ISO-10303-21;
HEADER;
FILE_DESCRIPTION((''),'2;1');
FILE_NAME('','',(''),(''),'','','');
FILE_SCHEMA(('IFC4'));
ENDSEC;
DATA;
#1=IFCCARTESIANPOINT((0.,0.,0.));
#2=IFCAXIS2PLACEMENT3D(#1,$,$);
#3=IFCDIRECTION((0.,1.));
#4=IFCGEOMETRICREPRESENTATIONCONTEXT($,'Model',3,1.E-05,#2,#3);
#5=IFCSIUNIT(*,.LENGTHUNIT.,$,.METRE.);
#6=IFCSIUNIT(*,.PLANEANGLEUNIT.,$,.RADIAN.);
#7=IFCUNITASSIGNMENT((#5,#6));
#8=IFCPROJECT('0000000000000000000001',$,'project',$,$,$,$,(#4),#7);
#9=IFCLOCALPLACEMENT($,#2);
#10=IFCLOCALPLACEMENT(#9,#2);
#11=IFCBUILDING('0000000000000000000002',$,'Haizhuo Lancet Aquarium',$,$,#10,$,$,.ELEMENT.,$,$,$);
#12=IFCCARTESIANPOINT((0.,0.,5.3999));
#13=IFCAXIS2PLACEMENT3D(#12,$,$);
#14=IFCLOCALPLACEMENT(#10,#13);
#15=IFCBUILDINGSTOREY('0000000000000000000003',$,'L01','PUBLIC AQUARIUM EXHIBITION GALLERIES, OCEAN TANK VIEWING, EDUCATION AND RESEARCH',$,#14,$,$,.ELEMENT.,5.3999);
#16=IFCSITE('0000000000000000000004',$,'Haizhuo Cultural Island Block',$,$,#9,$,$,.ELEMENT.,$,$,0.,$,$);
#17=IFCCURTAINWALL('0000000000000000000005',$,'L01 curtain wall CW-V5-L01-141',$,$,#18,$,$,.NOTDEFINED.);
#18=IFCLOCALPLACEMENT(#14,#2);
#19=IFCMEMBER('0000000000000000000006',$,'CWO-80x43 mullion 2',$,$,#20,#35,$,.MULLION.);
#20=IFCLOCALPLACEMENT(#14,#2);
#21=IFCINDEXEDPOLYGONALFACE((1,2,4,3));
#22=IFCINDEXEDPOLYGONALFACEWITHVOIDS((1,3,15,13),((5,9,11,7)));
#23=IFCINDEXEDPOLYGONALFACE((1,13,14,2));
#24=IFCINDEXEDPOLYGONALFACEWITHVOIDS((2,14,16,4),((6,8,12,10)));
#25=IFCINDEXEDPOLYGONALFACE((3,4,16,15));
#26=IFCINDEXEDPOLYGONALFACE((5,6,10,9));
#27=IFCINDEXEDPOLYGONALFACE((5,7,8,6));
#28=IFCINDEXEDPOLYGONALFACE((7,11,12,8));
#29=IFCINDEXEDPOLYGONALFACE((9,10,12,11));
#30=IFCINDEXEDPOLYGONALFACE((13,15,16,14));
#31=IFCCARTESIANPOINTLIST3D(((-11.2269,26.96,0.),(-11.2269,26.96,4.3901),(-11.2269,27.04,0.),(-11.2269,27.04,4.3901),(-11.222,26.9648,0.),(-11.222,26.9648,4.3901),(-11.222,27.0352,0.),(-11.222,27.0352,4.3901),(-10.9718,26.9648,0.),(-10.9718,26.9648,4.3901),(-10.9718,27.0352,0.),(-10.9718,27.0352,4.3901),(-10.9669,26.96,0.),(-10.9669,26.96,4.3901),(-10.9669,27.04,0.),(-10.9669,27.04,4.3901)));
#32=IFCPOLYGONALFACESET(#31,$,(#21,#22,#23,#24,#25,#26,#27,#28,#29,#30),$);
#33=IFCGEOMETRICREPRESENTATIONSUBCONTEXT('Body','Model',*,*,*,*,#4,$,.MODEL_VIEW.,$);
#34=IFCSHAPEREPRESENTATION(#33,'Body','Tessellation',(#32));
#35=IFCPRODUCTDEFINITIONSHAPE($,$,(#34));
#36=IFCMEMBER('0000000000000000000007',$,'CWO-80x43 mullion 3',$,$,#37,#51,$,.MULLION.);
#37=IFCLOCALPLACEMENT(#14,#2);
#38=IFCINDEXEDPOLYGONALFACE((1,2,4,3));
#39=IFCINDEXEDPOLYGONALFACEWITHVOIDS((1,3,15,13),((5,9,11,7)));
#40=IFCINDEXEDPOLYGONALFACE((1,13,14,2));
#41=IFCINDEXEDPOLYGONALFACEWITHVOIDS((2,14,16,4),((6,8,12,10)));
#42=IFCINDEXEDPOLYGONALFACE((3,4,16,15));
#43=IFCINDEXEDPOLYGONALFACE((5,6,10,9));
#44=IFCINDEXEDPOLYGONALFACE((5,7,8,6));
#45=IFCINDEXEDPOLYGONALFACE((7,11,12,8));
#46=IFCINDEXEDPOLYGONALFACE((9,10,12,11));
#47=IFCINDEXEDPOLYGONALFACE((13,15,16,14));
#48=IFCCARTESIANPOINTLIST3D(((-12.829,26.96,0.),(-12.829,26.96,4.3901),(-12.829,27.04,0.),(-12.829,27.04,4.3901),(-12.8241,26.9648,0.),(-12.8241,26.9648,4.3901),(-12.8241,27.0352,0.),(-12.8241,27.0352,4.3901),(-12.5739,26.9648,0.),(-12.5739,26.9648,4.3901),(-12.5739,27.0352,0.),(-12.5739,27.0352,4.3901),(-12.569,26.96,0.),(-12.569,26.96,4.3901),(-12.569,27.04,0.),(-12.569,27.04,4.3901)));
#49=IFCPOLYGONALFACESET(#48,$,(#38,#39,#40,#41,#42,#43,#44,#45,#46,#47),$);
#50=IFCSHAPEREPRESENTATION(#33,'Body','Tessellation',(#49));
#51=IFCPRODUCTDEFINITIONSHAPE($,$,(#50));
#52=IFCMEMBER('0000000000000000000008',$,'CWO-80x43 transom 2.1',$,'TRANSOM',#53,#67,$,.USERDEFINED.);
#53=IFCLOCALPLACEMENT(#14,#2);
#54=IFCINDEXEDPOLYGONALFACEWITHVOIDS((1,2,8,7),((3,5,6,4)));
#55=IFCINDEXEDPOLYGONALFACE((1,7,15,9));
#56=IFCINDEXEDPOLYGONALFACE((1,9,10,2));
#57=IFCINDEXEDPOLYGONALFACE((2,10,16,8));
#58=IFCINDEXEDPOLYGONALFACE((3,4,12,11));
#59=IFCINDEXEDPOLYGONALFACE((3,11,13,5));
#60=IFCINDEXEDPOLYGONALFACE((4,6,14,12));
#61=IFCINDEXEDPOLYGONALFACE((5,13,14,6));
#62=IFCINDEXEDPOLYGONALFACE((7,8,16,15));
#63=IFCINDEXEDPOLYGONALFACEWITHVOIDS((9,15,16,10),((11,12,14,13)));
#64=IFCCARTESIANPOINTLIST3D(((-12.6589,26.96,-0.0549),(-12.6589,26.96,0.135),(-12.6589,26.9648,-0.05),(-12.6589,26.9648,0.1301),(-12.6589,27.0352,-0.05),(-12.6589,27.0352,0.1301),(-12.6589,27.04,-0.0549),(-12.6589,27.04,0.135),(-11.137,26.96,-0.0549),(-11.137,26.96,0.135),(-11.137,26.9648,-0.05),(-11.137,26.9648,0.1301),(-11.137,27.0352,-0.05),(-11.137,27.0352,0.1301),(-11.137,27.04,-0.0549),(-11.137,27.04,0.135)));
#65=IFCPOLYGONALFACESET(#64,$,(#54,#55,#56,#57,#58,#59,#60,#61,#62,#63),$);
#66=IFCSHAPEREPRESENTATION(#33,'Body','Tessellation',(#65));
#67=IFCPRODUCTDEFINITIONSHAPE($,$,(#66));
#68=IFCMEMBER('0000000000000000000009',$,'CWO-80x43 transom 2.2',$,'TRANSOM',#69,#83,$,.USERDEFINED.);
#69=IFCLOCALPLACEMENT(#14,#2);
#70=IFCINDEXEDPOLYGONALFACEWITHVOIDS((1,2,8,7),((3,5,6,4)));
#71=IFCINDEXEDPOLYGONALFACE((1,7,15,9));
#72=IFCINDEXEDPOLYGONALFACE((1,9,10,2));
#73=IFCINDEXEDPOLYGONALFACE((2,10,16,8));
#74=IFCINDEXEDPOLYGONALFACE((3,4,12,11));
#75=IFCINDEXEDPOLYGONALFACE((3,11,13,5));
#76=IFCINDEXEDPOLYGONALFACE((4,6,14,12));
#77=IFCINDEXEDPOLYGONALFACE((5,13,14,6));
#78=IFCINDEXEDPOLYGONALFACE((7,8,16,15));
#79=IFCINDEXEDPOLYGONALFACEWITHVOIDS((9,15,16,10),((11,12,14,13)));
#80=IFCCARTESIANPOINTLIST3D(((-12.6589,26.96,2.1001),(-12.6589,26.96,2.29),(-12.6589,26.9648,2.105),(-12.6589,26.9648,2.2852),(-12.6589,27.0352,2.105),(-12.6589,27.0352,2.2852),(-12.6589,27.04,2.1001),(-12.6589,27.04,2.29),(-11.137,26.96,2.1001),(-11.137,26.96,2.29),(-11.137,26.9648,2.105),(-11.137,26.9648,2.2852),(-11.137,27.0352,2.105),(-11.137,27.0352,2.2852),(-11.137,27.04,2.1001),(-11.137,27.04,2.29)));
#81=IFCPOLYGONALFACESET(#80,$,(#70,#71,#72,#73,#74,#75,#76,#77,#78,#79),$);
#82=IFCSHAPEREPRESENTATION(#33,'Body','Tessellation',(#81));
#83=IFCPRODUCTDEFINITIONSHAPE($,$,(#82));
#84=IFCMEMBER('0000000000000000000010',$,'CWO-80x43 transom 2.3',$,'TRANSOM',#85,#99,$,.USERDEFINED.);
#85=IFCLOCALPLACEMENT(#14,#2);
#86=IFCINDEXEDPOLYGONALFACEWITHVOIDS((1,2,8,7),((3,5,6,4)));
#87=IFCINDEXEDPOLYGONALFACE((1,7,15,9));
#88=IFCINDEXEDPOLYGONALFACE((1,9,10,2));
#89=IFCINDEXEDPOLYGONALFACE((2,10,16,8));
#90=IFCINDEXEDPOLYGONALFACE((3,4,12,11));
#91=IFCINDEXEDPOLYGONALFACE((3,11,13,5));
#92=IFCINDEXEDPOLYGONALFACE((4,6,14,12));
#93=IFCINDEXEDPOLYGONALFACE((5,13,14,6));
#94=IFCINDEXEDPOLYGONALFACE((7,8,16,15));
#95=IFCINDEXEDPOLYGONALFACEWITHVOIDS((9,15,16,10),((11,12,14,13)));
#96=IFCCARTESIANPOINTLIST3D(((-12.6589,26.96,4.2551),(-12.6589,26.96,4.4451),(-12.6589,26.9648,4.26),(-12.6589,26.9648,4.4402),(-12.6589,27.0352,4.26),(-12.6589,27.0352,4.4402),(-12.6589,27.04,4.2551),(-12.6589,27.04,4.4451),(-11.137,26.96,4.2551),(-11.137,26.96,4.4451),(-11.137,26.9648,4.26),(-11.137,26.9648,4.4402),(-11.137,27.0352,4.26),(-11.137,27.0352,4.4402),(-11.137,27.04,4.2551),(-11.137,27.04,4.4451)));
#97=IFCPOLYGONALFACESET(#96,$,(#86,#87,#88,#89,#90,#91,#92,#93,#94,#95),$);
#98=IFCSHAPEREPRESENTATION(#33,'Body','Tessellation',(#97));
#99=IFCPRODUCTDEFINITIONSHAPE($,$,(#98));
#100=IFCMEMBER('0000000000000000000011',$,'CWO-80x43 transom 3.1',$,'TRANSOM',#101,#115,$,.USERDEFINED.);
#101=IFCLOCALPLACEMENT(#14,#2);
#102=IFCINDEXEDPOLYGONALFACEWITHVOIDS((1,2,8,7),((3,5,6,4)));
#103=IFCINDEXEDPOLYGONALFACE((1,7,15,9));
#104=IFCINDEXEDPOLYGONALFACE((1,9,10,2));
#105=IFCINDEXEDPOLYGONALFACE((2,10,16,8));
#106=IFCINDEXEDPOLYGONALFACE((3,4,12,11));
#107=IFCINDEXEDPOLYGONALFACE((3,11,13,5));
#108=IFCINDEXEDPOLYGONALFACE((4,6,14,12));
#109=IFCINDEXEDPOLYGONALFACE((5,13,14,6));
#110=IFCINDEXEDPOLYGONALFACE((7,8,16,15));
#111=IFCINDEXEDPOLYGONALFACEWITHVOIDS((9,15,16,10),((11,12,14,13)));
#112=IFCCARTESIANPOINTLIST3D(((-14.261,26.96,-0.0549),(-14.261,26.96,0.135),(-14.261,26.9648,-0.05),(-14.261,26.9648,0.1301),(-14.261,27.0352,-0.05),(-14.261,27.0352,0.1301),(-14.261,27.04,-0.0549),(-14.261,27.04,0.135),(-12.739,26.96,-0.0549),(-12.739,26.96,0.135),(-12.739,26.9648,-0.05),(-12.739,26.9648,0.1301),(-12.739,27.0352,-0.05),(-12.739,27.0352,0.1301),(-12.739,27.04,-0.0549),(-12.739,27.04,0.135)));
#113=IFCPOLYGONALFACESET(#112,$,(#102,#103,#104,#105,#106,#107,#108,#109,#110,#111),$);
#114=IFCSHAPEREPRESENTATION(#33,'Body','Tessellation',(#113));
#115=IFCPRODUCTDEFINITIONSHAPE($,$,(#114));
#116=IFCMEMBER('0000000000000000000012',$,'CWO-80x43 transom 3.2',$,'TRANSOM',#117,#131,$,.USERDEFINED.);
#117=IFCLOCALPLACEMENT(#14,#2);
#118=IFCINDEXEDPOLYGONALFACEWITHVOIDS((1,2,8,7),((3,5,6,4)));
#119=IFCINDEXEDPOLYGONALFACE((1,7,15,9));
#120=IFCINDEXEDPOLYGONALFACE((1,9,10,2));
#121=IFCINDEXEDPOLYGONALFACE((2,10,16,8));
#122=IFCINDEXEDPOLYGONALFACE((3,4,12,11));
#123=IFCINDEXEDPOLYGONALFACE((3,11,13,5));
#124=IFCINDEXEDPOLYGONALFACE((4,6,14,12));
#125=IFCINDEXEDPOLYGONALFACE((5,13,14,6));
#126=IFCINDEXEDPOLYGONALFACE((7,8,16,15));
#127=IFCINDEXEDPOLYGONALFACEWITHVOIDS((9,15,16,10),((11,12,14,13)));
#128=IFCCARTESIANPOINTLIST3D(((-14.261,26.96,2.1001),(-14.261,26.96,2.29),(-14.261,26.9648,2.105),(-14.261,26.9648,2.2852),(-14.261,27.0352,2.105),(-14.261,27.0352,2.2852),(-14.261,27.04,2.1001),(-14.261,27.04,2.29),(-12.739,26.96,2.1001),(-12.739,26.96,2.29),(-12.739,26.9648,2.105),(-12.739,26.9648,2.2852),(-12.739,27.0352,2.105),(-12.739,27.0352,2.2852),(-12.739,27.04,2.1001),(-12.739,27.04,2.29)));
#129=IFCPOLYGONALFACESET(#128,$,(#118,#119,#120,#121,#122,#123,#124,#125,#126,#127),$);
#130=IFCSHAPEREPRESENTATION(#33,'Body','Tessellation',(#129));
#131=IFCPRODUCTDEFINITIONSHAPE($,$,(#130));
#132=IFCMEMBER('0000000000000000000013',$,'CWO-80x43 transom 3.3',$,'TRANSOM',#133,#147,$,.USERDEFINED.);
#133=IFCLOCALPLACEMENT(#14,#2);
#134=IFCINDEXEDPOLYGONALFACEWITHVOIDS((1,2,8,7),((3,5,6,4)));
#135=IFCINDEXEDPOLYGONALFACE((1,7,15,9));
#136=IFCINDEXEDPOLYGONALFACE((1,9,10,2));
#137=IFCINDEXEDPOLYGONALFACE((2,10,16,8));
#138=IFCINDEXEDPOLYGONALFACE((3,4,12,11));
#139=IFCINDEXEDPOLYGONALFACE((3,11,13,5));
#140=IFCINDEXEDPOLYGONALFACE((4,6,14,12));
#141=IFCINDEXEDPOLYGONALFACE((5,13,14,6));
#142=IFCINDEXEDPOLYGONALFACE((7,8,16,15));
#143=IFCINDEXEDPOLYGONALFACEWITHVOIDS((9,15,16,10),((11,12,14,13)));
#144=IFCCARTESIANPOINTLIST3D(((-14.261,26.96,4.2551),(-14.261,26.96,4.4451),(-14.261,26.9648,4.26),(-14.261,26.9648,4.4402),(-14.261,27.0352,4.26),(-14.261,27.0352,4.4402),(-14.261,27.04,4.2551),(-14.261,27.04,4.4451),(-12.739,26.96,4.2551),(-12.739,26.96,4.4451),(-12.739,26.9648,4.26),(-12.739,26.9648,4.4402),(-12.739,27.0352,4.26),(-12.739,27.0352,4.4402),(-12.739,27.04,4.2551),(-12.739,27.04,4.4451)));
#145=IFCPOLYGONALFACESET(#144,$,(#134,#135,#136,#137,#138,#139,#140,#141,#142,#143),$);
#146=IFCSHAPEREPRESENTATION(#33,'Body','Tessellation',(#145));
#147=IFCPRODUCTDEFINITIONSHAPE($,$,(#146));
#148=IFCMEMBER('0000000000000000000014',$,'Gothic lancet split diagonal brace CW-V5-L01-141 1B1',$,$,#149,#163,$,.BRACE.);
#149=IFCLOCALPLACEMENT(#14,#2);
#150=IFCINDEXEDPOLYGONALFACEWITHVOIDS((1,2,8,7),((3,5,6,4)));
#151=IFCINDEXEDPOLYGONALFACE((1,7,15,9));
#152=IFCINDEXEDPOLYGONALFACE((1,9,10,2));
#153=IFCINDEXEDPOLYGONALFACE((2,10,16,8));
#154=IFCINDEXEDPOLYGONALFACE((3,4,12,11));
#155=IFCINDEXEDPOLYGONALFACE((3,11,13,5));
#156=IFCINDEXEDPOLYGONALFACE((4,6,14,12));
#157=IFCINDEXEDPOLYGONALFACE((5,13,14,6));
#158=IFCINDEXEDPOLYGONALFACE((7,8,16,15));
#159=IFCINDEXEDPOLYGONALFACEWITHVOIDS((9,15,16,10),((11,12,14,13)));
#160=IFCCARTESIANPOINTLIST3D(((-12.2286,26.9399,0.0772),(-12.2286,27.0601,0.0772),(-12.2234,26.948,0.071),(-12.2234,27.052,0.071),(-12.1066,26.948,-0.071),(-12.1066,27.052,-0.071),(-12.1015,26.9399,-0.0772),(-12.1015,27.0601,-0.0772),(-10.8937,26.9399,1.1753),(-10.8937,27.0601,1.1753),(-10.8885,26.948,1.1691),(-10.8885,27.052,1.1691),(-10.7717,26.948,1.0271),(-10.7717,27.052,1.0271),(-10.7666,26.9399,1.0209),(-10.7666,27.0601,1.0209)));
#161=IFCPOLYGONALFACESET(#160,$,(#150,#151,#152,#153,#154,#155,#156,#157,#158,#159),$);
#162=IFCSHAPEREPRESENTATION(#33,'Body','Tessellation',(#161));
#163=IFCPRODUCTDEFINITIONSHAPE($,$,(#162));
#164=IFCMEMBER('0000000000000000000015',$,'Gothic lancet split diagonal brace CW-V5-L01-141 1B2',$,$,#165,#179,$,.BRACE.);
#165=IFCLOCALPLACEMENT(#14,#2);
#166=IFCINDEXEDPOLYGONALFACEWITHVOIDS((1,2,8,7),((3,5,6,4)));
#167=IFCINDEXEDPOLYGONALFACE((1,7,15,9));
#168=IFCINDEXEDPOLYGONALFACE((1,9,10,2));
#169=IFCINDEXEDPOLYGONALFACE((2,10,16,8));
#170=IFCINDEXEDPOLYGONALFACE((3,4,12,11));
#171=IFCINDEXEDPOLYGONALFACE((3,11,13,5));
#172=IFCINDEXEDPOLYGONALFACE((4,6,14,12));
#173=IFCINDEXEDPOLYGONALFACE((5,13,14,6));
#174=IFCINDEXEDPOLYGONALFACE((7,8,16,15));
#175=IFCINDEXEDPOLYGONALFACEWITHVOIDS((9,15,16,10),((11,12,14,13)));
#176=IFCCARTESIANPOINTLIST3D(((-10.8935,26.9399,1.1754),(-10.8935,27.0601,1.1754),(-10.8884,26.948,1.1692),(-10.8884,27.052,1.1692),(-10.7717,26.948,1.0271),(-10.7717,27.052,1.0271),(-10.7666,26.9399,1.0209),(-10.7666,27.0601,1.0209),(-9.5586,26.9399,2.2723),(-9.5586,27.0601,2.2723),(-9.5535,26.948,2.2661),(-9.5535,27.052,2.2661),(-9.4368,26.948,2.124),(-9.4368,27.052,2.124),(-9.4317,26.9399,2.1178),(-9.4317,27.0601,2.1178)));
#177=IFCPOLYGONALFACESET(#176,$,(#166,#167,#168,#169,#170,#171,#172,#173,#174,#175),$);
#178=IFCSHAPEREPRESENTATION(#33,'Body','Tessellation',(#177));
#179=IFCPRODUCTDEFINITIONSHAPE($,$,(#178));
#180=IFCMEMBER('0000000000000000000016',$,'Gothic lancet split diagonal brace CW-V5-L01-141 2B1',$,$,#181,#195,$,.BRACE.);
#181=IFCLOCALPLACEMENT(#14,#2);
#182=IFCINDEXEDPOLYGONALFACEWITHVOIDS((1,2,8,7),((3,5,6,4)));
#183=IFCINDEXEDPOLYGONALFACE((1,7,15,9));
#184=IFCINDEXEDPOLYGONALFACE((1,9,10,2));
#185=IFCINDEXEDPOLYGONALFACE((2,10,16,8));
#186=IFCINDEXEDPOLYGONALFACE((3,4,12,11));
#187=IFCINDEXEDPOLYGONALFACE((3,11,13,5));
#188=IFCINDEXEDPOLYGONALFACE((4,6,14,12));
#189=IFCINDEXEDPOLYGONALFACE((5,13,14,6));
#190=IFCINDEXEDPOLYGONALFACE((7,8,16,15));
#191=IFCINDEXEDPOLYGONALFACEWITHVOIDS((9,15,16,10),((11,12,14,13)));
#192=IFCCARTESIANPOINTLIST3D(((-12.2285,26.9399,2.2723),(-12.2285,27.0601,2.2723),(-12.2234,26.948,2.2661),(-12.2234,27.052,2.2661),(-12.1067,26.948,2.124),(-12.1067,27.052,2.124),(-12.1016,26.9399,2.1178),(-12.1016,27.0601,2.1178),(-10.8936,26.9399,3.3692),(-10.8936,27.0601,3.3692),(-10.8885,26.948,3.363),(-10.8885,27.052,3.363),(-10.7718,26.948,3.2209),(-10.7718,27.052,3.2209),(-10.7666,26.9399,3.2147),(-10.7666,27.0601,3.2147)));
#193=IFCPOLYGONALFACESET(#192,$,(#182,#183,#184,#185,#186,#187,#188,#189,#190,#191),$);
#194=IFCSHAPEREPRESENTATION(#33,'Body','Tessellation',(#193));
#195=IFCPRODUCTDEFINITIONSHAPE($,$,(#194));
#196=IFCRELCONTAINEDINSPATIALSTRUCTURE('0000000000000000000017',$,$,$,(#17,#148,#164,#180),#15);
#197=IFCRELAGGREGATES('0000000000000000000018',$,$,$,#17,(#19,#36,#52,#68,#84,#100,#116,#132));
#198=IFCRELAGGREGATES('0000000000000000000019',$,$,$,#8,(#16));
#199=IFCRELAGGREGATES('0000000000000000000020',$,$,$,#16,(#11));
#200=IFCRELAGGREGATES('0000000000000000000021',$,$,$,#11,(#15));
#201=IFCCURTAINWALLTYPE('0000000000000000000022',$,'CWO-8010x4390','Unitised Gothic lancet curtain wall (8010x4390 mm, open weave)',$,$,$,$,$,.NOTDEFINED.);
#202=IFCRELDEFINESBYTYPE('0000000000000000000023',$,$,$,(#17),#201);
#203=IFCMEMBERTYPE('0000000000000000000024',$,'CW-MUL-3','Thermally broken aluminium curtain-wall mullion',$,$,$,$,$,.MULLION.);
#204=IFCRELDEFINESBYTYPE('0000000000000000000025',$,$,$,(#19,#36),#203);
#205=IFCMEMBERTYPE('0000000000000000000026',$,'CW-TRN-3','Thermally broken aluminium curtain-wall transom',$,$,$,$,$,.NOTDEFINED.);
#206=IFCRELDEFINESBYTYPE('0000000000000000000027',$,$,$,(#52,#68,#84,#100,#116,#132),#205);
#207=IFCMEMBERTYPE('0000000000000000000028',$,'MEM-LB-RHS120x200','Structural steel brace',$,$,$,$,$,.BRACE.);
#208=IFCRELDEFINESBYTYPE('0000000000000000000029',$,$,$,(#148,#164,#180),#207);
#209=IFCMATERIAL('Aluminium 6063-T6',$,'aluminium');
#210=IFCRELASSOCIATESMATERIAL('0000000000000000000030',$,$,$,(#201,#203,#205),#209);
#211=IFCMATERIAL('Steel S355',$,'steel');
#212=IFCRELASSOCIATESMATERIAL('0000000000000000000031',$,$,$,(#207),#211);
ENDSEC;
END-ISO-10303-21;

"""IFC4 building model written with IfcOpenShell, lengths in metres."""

from ifc_helpers import new_model, si_unit, direction, frame, origin, origin_2d, place, context, subcontext, project, spatial, hollow_rectangle, extrude, material, material_profile, profile_set, type_object, element, aggregate, save


model = new_model("IFC4")

# Units and contexts
model_context = context("Model", 3, precision=1e-05, world=origin(), true_north=direction((0.0, 1.0)))
body_context = subcontext(model_context, "Body", "Model", "MODEL_VIEW")
ifc_project = project(units=[si_unit("LENGTHUNIT", "METRE"), si_unit("PLANEANGLEUNIT", "RADIAN")], contexts=[model_context])

# Site, building, storey
site_placement = place(None, origin())
site = spatial("IfcSite", under=ifc_project, at=site_placement, Name="Haizhuo Cultural Island Block", CompositionType="ELEMENT", RefElevation=0.0)
building_placement = place(site_placement, origin())
building = spatial("IfcBuilding", under=site, at=building_placement, Name="Haizhuo Lancet Aquarium", CompositionType="ELEMENT")
storey_placement = place(building_placement, frame((0.0, 0.0, 5.3999)))
storey = spatial("IfcBuildingStorey", under=building, at=storey_placement, Name="L01", Description="PUBLIC AQUARIUM EXHIBITION GALLERIES, OCEAN TANK VIEWING, EDUCATION AND RESEARCH", CompositionType="ELEMENT", Elevation=5.3999)

# Curtain wall, members
ifc_material_1 = material(Name="Aluminium 6063-T6", Category="aluminium")
curtain_wall_type = type_object("IfcCurtainWallType", Name="CWO-8010x4390", Description="Unitised Gothic lancet curtain wall (8010x4390 mm, open weave)", PredefinedType="NOTDEFINED", material=ifc_material_1)
curtain_wall_placement = place(storey_placement, origin())
curtain_wall = element("IfcCurtainWall", 1, at=curtain_wall_placement, inside=storey, type_object=curtain_wall_type, Name="L01 curtain wall CW-V5-L01-141", PredefinedType="NOTDEFINED")
ifc_material_profile_1 = material_profile(ifc_material_1, hollow_rectangle(XDim=0.0801, YDim=0.26, WallThickness=0.0049, at=origin_2d()), Name="ALU-M 80x260x5")
ifc_profile_set_1 = profile_set([ifc_material_profile_1], Name="Aluminium 6063-T6")
member_type_1 = type_object("IfcMemberType", Name="CW-MUL-3", Description="Thermally broken aluminium curtain-wall mullion", PredefinedType="MULLION", material=ifc_profile_set_1)
member_1_placement = place(storey_placement, frame((-11.0969, 27.0, 0.0), z_axis=(0.0, 0.0, 1.0), x_axis=(0.0, -1.0, 0.0)))
member_1 = element("IfcMember", 2, at=member_1_placement, type_object=member_type_1, Name="CWO-80x43 mullion 2", PredefinedType="MULLION", context=body_context, shape_type="SweptSolid", body=[
    extrude(hollow_rectangle(XDim=0.0801, YDim=0.26, WallThickness=0.0049, at=origin_2d()), origin(), (0.0, 0.0, 1.0), 4.3901),
])
member_2_placement = place(storey_placement, frame((-12.699, 27.0, 0.0), z_axis=(0.0, 0.0, 1.0), x_axis=(0.0, -1.0, 0.0)))
member_2 = element("IfcMember", 3, at=member_2_placement, type_object=member_type_1, Name="CWO-80x43 mullion 3", PredefinedType="MULLION", context=body_context, shape_type="SweptSolid", body=[
    extrude(hollow_rectangle(XDim=0.0801, YDim=0.26, WallThickness=0.0049, at=origin_2d()), origin(), (0.0, 0.0, 1.0), 4.3901),
])
ifc_material_profile_2 = material_profile(ifc_material_1, hollow_rectangle(XDim=0.0801, YDim=0.1899, WallThickness=0.0049, at=origin_2d()), Name="ALU-T 80x190x5")
ifc_profile_set_2 = profile_set([ifc_material_profile_2], Name="Aluminium 6063-T6")
member_type_2 = type_object("IfcMemberType", Name="CW-TRN-3", Description="Thermally broken aluminium curtain-wall transom", PredefinedType="NOTDEFINED", material=ifc_profile_set_2)
member_3_placement = place(storey_placement, frame((-11.137, 27.0, 0.04), z_axis=(-1.0, 0.0, 0.0), x_axis=(0.0, -1.0, 0.0)))
member_3 = element("IfcMember", 4, at=member_3_placement, type_object=member_type_2, Name="CWO-80x43 transom 2.1", ObjectType="TRANSOM", PredefinedType="USERDEFINED", context=body_context, shape_type="SweptSolid", body=[
    extrude(hollow_rectangle(XDim=0.0801, YDim=0.1899, WallThickness=0.0049, at=origin_2d()), origin(), (0.0, 0.0, 1.0), 1.522),
])
member_4_placement = place(storey_placement, frame((-11.137, 27.0, 2.1951), z_axis=(-1.0, 0.0, 0.0), x_axis=(0.0, -1.0, 0.0)))
member_4 = element("IfcMember", 5, at=member_4_placement, type_object=member_type_2, Name="CWO-80x43 transom 2.2", ObjectType="TRANSOM", PredefinedType="USERDEFINED", context=body_context, shape_type="SweptSolid", body=[
    extrude(hollow_rectangle(XDim=0.0801, YDim=0.1899, WallThickness=0.0049, at=origin_2d()), origin(), (0.0, 0.0, 1.0), 1.522),
])
member_5_placement = place(storey_placement, frame((-11.137, 27.0, 4.3501), z_axis=(-1.0, 0.0, 0.0), x_axis=(0.0, -1.0, 0.0)))
member_5 = element("IfcMember", 6, at=member_5_placement, type_object=member_type_2, Name="CWO-80x43 transom 2.3", ObjectType="TRANSOM", PredefinedType="USERDEFINED", context=body_context, shape_type="SweptSolid", body=[
    extrude(hollow_rectangle(XDim=0.0801, YDim=0.1899, WallThickness=0.0049, at=origin_2d()), origin(), (0.0, 0.0, 1.0), 1.522),
])
member_6_placement = place(storey_placement, frame((-12.739, 27.0, 0.04), z_axis=(-1.0, 0.0, 0.0), x_axis=(0.0, -1.0, 0.0)))
member_6 = element("IfcMember", 7, at=member_6_placement, type_object=member_type_2, Name="CWO-80x43 transom 3.1", ObjectType="TRANSOM", PredefinedType="USERDEFINED", context=body_context, shape_type="SweptSolid", body=[
    extrude(hollow_rectangle(XDim=0.0801, YDim=0.1899, WallThickness=0.0049, at=origin_2d()), origin(), (0.0, 0.0, 1.0), 1.522),
])
member_7_placement = place(storey_placement, frame((-12.739, 27.0, 2.1951), z_axis=(-1.0, 0.0, 0.0), x_axis=(0.0, -1.0, 0.0)))
member_7 = element("IfcMember", 8, at=member_7_placement, type_object=member_type_2, Name="CWO-80x43 transom 3.2", ObjectType="TRANSOM", PredefinedType="USERDEFINED", context=body_context, shape_type="SweptSolid", body=[
    extrude(hollow_rectangle(XDim=0.0801, YDim=0.1899, WallThickness=0.0049, at=origin_2d()), origin(), (0.0, 0.0, 1.0), 1.522),
])
member_8_placement = place(storey_placement, frame((-12.739, 27.0, 4.3501), z_axis=(-1.0, 0.0, 0.0), x_axis=(0.0, -1.0, 0.0)))
member_8 = element("IfcMember", 9, at=member_8_placement, type_object=member_type_2, Name="CWO-80x43 transom 3.3", ObjectType="TRANSOM", PredefinedType="USERDEFINED", context=body_context, shape_type="SweptSolid", body=[
    extrude(hollow_rectangle(XDim=0.0801, YDim=0.1899, WallThickness=0.0049, at=origin_2d()), origin(), (0.0, 0.0, 1.0), 1.522),
])

# Members
ifc_material_2 = material(Name="Steel S355", Category="steel")
ifc_material_profile_3 = material_profile(ifc_material_2, hollow_rectangle(XDim=0.1201, YDim=0.2, WallThickness=0.0081, at=origin_2d()), Name="RHS 120x200x8")
ifc_profile_set_3 = profile_set([ifc_material_profile_3], Name="Steel S355")
member_type_3 = type_object("IfcMemberType", Name="MEM-LB-RHS120x200", Description="Structural steel brace", PredefinedType="BRACE", material=ifc_profile_set_3)
member_9_placement = place(storey_placement, frame((-12.165, 27.0, 0.0), z_axis=(0.772281, 0.0, 0.635281), x_axis=(0.0, 1.0, 0.0)))
element("IfcMember", 10, at=member_9_placement, inside=storey, type_object=member_type_3, Name="Gothic lancet split diagonal brace CW-V5-L01-141 1B1", PredefinedType="BRACE", context=body_context, shape_type="SweptSolid", body=[
    extrude(hollow_rectangle(XDim=0.1201, YDim=0.2, WallThickness=0.0081, at=origin_2d()), origin(), (0.0, 0.0, 1.0), 1.7285),
])
for number, where, z_axis, x_axis, name in (
    (11, (-10.8301, 27.0, 1.0981), (0.772627, 0.0, 0.63486), (0.0, 1.0, 0.0), "Gothic lancet split diagonal brace CW-V5-L01-141 1B2"),
    (12, (-12.165, 27.0, 2.1951), (0.772627, 0.0, 0.63486), (0.0, 1.0, 0.0), "Gothic lancet split diagonal brace CW-V5-L01-141 2B1"),
):
    element("IfcMember", number, at=place(storey_placement, frame(where, z_axis=z_axis, x_axis=x_axis)), inside=storey, type_object=member_type_3, Name=name, PredefinedType="BRACE", context=body_context, shape_type="SweptSolid", body=[
        extrude(hollow_rectangle(XDim=0.1201, YDim=0.2, WallThickness=0.0081, at=origin_2d()), origin(), (0.0, 0.0, 1.0), 1.7278),
    ])

aggregate(curtain_wall, [member_1, member_2, member_3, member_4, member_5, member_6, member_7, member_8])

save(model, "model.ifc")
